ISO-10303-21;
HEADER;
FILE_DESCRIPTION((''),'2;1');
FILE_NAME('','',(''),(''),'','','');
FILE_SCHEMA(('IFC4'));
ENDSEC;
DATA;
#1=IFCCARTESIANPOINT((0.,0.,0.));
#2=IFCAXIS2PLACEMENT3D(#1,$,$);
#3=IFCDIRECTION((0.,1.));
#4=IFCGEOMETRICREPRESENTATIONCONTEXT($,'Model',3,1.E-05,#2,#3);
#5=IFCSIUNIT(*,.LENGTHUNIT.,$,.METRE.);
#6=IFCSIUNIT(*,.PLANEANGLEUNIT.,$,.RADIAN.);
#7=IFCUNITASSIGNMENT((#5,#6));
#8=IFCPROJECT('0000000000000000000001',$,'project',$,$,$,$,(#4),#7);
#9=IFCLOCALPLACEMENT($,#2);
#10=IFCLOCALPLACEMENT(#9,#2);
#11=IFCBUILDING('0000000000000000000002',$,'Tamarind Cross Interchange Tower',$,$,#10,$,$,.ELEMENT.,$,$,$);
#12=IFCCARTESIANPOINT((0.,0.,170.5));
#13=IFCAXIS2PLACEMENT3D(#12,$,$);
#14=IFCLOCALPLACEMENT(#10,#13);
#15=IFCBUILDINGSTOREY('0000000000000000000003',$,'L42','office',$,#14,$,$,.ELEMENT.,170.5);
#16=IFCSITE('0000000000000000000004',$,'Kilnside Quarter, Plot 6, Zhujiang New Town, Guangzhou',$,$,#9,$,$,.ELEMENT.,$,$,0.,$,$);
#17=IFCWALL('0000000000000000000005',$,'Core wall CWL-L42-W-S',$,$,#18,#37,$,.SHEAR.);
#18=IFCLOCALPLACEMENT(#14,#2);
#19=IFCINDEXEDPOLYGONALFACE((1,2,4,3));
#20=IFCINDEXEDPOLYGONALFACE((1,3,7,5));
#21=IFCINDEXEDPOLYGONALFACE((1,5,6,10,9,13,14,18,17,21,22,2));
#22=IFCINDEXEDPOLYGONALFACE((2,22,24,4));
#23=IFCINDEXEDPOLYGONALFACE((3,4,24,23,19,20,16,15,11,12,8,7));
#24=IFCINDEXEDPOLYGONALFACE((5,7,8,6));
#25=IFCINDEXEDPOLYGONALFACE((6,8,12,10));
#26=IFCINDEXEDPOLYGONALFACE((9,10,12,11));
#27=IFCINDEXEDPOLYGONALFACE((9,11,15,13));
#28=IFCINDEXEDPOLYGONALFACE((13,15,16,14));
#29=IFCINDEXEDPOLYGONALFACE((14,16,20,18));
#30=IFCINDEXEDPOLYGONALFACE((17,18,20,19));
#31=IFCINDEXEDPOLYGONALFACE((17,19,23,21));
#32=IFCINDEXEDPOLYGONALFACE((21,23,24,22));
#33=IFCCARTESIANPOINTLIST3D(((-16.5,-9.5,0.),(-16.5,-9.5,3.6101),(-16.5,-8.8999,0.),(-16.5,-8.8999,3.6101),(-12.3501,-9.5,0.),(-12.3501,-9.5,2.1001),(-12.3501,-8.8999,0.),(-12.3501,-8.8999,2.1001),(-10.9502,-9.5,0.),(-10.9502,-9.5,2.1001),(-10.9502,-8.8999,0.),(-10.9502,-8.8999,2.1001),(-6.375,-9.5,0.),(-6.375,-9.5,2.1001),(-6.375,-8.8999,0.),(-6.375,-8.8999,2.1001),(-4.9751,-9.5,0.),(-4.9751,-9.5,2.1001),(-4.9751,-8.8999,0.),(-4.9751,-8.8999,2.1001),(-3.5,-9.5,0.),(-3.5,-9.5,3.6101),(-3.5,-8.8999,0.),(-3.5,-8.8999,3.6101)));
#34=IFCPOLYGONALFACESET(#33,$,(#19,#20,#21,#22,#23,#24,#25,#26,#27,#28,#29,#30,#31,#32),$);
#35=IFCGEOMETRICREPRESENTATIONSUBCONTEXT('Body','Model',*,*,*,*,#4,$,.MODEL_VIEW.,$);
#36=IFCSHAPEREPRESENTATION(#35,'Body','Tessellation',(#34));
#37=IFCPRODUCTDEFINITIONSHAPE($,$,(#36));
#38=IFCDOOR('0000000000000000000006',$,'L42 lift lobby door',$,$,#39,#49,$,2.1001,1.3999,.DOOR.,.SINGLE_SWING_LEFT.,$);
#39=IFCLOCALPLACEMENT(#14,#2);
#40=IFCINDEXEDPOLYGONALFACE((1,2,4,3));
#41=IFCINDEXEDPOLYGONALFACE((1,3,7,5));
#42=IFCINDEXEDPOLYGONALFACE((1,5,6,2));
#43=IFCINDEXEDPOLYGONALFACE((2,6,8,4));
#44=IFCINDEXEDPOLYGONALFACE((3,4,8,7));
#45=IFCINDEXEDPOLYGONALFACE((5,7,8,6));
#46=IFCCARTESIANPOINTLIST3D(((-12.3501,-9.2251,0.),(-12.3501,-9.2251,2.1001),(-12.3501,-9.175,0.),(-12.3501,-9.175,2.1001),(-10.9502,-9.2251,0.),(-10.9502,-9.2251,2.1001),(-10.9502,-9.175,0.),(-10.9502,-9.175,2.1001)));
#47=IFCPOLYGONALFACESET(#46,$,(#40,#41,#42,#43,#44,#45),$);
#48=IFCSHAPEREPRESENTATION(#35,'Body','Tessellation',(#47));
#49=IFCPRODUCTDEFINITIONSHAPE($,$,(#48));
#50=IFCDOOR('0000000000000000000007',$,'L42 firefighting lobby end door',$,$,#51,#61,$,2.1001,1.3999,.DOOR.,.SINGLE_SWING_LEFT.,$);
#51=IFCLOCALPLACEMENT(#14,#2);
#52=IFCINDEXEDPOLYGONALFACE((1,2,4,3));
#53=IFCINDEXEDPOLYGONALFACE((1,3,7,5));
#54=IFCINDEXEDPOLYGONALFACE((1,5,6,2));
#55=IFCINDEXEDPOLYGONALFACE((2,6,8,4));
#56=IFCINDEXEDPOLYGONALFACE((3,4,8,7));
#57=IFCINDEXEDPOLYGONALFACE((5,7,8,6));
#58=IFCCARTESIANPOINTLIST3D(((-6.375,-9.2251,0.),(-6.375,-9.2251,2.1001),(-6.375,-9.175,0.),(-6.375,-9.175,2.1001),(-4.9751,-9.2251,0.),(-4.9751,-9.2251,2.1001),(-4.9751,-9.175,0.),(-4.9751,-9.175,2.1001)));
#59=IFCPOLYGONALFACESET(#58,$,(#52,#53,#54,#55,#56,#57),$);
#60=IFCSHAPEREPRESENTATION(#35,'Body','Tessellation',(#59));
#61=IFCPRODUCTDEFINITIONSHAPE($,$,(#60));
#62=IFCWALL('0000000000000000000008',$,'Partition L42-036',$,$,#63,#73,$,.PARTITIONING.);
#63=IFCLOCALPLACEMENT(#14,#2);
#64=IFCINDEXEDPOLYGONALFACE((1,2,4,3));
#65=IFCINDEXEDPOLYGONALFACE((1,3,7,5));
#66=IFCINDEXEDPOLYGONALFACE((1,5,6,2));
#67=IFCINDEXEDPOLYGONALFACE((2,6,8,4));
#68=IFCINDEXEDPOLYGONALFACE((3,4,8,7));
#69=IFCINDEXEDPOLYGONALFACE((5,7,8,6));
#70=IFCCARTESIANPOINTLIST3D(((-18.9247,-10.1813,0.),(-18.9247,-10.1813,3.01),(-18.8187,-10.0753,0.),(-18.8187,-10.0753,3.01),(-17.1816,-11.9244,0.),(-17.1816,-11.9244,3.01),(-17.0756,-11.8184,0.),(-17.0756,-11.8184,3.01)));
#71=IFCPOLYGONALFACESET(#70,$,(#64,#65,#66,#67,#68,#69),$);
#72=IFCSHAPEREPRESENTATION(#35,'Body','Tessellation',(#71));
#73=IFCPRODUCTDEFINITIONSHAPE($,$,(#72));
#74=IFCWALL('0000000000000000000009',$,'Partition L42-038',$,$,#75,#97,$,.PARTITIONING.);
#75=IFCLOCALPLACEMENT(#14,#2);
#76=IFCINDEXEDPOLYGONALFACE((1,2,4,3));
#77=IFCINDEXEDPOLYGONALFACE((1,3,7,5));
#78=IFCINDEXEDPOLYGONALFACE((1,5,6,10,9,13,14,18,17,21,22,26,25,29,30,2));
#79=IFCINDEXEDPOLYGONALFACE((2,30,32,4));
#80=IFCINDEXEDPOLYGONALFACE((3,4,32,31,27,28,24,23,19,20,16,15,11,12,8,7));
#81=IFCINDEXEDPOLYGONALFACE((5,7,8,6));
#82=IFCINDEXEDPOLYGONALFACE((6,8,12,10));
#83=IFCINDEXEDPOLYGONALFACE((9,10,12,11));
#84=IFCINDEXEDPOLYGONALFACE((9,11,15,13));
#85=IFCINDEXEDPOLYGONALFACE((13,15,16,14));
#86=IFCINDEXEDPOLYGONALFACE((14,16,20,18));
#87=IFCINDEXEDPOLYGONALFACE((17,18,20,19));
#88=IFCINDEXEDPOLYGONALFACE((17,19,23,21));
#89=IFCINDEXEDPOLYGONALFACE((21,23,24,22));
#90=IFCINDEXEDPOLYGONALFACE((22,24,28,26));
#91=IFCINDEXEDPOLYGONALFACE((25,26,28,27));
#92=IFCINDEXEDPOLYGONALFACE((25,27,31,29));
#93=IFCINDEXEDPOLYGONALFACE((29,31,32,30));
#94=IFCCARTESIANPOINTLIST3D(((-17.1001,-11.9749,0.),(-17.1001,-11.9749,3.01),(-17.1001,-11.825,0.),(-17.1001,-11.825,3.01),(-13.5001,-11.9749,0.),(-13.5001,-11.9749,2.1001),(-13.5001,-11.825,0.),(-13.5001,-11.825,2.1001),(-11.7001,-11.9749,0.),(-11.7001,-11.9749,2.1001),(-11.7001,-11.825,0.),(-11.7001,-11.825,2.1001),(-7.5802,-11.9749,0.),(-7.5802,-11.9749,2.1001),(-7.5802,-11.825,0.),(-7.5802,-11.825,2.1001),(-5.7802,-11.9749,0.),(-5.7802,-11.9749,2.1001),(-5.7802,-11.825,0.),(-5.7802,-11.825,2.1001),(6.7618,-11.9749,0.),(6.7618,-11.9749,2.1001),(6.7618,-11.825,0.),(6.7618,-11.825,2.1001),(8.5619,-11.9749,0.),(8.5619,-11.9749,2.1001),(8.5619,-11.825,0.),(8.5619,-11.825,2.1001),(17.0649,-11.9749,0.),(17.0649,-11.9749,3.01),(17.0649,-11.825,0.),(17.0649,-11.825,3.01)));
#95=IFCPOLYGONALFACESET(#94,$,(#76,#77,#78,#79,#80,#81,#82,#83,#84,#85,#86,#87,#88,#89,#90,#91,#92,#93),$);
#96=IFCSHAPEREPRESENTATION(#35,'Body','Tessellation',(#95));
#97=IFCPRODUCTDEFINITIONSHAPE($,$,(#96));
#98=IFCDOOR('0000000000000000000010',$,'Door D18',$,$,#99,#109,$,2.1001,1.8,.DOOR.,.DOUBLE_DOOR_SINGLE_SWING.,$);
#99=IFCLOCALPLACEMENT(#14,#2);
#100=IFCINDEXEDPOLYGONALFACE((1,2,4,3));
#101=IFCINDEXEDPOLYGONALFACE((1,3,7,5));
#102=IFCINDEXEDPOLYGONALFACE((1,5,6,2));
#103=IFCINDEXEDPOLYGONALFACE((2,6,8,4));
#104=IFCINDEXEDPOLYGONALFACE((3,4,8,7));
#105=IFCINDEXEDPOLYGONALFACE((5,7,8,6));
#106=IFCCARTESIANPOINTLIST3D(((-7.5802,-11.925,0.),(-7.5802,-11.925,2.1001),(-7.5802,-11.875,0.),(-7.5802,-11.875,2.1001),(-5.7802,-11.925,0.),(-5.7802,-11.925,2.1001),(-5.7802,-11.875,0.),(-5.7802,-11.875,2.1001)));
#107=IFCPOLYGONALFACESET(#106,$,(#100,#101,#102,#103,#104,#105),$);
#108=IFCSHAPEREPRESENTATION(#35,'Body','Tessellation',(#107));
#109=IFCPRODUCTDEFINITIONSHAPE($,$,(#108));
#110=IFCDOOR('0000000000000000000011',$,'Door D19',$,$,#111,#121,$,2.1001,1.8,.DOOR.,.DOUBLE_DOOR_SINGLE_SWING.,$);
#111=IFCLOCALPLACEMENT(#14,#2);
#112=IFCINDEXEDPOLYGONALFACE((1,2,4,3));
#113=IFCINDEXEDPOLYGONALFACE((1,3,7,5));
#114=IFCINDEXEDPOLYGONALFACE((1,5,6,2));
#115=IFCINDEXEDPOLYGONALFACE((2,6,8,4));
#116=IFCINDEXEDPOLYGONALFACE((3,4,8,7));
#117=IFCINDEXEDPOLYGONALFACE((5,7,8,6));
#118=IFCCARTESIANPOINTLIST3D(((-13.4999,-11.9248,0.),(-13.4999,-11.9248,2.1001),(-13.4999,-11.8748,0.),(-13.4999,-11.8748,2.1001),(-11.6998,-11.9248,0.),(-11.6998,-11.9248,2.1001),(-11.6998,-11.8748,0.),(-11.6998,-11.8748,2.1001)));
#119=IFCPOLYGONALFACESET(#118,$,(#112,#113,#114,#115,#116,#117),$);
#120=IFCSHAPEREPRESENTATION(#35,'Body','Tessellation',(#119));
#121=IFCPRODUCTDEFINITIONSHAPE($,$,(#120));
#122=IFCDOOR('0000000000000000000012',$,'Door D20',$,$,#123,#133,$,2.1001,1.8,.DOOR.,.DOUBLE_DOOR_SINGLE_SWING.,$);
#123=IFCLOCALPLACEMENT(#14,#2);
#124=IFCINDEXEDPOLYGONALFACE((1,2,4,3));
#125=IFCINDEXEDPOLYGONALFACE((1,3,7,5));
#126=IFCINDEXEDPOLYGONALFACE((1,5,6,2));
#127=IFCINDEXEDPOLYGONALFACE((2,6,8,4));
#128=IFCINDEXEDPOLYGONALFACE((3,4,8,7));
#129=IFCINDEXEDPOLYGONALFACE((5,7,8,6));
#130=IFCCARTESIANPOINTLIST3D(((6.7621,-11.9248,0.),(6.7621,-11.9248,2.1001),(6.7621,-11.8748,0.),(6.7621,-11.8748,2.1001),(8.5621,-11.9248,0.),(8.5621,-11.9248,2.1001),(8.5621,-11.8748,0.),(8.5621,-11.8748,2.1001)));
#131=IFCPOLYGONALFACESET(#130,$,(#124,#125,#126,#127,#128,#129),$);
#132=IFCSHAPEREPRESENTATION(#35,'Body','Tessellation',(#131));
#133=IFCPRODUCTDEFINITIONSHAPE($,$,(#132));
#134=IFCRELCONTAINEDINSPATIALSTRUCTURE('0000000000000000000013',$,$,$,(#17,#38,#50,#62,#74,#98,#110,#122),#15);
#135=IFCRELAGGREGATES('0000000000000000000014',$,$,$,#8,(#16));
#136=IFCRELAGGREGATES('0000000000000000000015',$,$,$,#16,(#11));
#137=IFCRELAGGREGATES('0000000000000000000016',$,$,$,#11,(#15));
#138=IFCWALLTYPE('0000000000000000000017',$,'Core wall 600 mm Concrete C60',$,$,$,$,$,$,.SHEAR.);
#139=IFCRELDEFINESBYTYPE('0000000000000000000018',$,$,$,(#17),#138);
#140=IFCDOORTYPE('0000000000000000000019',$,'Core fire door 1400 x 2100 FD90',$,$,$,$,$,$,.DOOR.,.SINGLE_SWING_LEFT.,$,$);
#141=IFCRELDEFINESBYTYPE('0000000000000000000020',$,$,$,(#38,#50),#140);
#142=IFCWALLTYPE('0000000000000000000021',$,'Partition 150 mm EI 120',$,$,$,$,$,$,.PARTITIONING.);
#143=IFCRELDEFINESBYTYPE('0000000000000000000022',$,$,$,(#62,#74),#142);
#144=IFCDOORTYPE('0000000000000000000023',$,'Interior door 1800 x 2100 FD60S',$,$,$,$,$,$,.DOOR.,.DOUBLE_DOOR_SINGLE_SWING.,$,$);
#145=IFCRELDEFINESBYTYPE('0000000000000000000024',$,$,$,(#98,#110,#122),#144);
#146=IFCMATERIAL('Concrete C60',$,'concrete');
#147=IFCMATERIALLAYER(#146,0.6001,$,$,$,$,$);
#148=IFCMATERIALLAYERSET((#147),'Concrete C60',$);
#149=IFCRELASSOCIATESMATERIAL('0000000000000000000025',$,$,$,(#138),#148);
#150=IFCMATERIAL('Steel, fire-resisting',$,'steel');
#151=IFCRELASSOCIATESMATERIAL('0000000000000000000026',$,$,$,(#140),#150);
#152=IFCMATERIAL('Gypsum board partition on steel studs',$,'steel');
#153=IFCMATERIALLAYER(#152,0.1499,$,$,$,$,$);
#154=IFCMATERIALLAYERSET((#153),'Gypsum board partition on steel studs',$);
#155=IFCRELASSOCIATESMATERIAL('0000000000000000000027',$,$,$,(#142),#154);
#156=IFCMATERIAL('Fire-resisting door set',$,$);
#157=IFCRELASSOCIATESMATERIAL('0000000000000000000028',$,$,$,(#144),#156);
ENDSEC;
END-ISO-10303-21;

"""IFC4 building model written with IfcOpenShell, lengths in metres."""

from ifc_helpers import new_model, si_unit, direction, frame, frame_2d, origin, place, context, subcontext, project, spatial, rectangle, extrude, material, layer, layer_set, type_object, element, fill, save


model = new_model("IFC4")

# Units and contexts
model_context = context("Model", 3, precision=1e-05, world=origin(), true_north=direction((0.0, 1.0)))
body_context = subcontext(model_context, "Body", "Model", "MODEL_VIEW")
ifc_project = project(units=[si_unit("LENGTHUNIT", "METRE"), si_unit("PLANEANGLEUNIT", "RADIAN")], contexts=[model_context])

# Site, building, storey
site_placement = place(None, origin())
site = spatial("IfcSite", under=ifc_project, at=site_placement, Name="Kilnside Quarter, Plot 6, Zhujiang New Town, Guangzhou", CompositionType="ELEMENT", RefElevation=0.0)
building_placement = place(site_placement, origin())
building = spatial("IfcBuilding", under=site, at=building_placement, Name="Tamarind Cross Interchange Tower", CompositionType="ELEMENT")
storey_placement = place(building_placement, frame((0.0, 0.0, 170.5)))
storey = spatial("IfcBuildingStorey", under=building, at=storey_placement, Name="L42", Description="office", CompositionType="ELEMENT", Elevation=170.5)

# Shared definitions
ifc_material_1 = material(Name="Concrete C60", Category="concrete")

# Wall, openings, doors
ifc_layer_1 = layer(ifc_material_1, 0.6001)
ifc_layer_set_1 = layer_set([ifc_layer_1], Name="Concrete C60")
wall_type_1 = type_object("IfcWallType", Name="Core wall 600 mm Concrete C60", PredefinedType="SHEAR", material=ifc_layer_set_1)
wall_1_placement = place(storey_placement, frame((-16.5, -9.2, 0.0), z_axis=(0.0, 0.0, 1.0), x_axis=(1.0, 0.0, 0.0)))
wall_1 = element("IfcWall", 1, at=wall_1_placement, inside=storey, type_object=wall_type_1, Name="Core wall CWL-L42-W-S", PredefinedType="SHEAR", context=body_context, shape_type="SweptSolid", body=[
    extrude(rectangle(XDim=13.0, YDim=0.6001, at=frame_2d((6.5, 0.0))), origin(), (0.0, 0.0, 1.0), 3.6101),
])
opening_1_placement = place(wall_1_placement, frame((4.1499, 0.0, 0.0)))
opening_1 = element("IfcOpeningElement", 2, at=opening_1_placement, cuts=wall_1, PredefinedType="OPENING", context=body_context, shape_type="SweptSolid", body=[
    extrude(rectangle(XDim=1.3999, YDim=2.1001, at=frame_2d((0.7, 1.05))), frame((0.0, 0.3101, 0.0), z_axis=(0.0, -1.0, 0.0), x_axis=(1.0, 0.0, 0.0)), (0.0, 0.0, 1.0), 0.6201),
])
opening_2_placement = place(wall_1_placement, frame((10.125, 0.0, 0.0)))
opening_2 = element("IfcOpeningElement", 3, at=opening_2_placement, cuts=wall_1, PredefinedType="OPENING", context=body_context, shape_type="SweptSolid", body=[
    extrude(rectangle(XDim=1.3999, YDim=2.1001, at=frame_2d((0.7, 1.05))), frame((0.0, 0.3101, 0.0), z_axis=(0.0, -1.0, 0.0), x_axis=(1.0, 0.0, 0.0)), (0.0, 0.0, 1.0), 0.6201),
])
ifc_material_2 = material(Name="Steel, fire-resisting", Category="steel")
door_type_1 = type_object("IfcDoorType", Name="Core fire door 1400 x 2100 FD90", OperationType="SINGLE_SWING_LEFT", PredefinedType="DOOR", material=ifc_material_2)
door_1_placement = place(opening_1_placement, origin())
door_1 = element("IfcDoor", 4, at=door_1_placement, inside=storey, type_object=door_type_1, Name="L42 lift lobby door", OperationType="SINGLE_SWING_LEFT", OverallHeight=2.1001, OverallWidth=1.3999, PredefinedType="DOOR", context=body_context, shape_type="SweptSolid", body=[
    extrude(rectangle(XDim=1.3999, YDim=2.1001, at=frame_2d((0.7, 1.05))), frame((0.0, 0.0249, 0.0), z_axis=(0.0, -1.0, 0.0), x_axis=(1.0, 0.0, 0.0)), (0.0, 0.0, 1.0), 0.05),
])
fill(opening_1, door_1)
door_2_placement = place(opening_2_placement, origin())
door_2 = element("IfcDoor", 5, at=door_2_placement, inside=storey, type_object=door_type_1, Name="L42 firefighting lobby end door", OperationType="SINGLE_SWING_LEFT", OverallHeight=2.1001, OverallWidth=1.3999, PredefinedType="DOOR", context=body_context, shape_type="SweptSolid", body=[
    extrude(rectangle(XDim=1.3999, YDim=2.1001, at=frame_2d((0.7, 1.05))), frame((0.0, 0.0249, 0.0), z_axis=(0.0, -1.0, 0.0), x_axis=(1.0, 0.0, 0.0)), (0.0, 0.0, 1.0), 0.05),
])
fill(opening_2, door_2)

# Wall
ifc_material_3 = material(Name="Gypsum board partition on steel studs", Category="steel")
ifc_layer_2 = layer(ifc_material_3, 0.1499)
ifc_layer_set_2 = layer_set([ifc_layer_2], Name="Gypsum board partition on steel studs")
wall_type_2 = type_object("IfcWallType", Name="Partition 150 mm EI 120", PredefinedType="PARTITIONING", material=ifc_layer_set_2)
wall_2_placement = place(storey_placement, frame((-18.8716, -10.1284, 0.0), z_axis=(0.0, 0.0, 1.0), x_axis=(0.707107, -0.707107, 0.0)))
element("IfcWall", 6, at=wall_2_placement, inside=storey, type_object=wall_type_2, Name="Partition L42-036", PredefinedType="PARTITIONING", context=body_context, shape_type="SweptSolid", body=[
    extrude(rectangle(XDim=2.4651, YDim=0.1499, at=frame_2d((1.2324, 0.0))), origin(), (0.0, 0.0, 1.0), 3.01),
])

# Wall, openings, doors
wall_3_placement = place(storey_placement, frame((-17.1001, -11.8999, 0.0), z_axis=(0.0, 0.0, 1.0), x_axis=(1.0, 0.0, 0.0)))
wall_3 = element("IfcWall", 7, at=wall_3_placement, inside=storey, type_object=wall_type_2, Name="Partition L42-038", PredefinedType="PARTITIONING", context=body_context, shape_type="SweptSolid", body=[
    extrude(rectangle(XDim=34.165, YDim=0.1499, at=frame_2d((17.0825, 0.0))), origin(), (0.0, 0.0, 1.0), 3.01),
])
opening_3_placement = place(wall_3_placement, frame((9.52, 0.0, 0.0)))
opening_3 = element("IfcOpeningElement", 8, at=opening_3_placement, cuts=wall_3, PredefinedType="OPENING", context=body_context, shape_type="SweptSolid", body=[
    extrude(rectangle(XDim=1.8, YDim=2.1001, at=frame_2d((0.8999, 1.05))), frame((0.0, 0.085, 0.0), z_axis=(0.0, -1.0, 0.0), x_axis=(1.0, 0.0, 0.0)), (0.0, 0.0, 1.0), 0.1699),
])
opening_4_placement = place(wall_3_placement, frame((3.6001, 0.0, 0.0)))
opening_4 = element("IfcOpeningElement", 9, at=opening_4_placement, cuts=wall_3, PredefinedType="OPENING", context=body_context, shape_type="SweptSolid", body=[
    extrude(rectangle(XDim=1.8, YDim=2.1001, at=frame_2d((0.8999, 1.05))), frame((0.0, 0.085, 0.0), z_axis=(0.0, -1.0, 0.0), x_axis=(1.0, 0.0, 0.0)), (0.0, 0.0, 1.0), 0.1699),
])
opening_5_placement = place(wall_3_placement, frame((23.8621, 0.0, 0.0)))
opening_5 = element("IfcOpeningElement", 10, at=opening_5_placement, cuts=wall_3, PredefinedType="OPENING", context=body_context, shape_type="SweptSolid", body=[
    extrude(rectangle(XDim=1.8, YDim=2.1001, at=frame_2d((0.8999, 1.05))), frame((0.0, 0.085, 0.0), z_axis=(0.0, -1.0, 0.0), x_axis=(1.0, 0.0, 0.0)), (0.0, 0.0, 1.0), 0.1699),
])
ifc_material_4 = material(Name="Fire-resisting door set")
door_type_2 = type_object("IfcDoorType", Name="Interior door 1800 x 2100 FD60S", OperationType="DOUBLE_DOOR_SINGLE_SWING", PredefinedType="DOOR", material=ifc_material_4)
door_3_placement = place(opening_3_placement, origin())
door_3 = element("IfcDoor", 11, at=door_3_placement, inside=storey, type_object=door_type_2, Name="Door D18", OperationType="DOUBLE_DOOR_SINGLE_SWING", OverallHeight=2.1001, OverallWidth=1.8, PredefinedType="DOOR", context=body_context, shape_type="SweptSolid", body=[
    extrude(rectangle(XDim=1.8, YDim=2.1001, at=frame_2d((0.8999, 1.05))), frame((0.0, 0.0249, 0.0), z_axis=(0.0, -1.0, 0.0), x_axis=(1.0, 0.0, 0.0)), (0.0, 0.0, 1.0), 0.05),
])
fill(opening_3, door_3)
door_4_placement = place(opening_4_placement, frame((1.8, 0.0, 0.0), z_axis=(0.0, 0.0, 1.0), x_axis=(-1.0, 0.0, 0.0)))
door_4 = element("IfcDoor", 12, at=door_4_placement, inside=storey, type_object=door_type_2, Name="Door D19", OperationType="DOUBLE_DOOR_SINGLE_SWING", OverallHeight=2.1001, OverallWidth=1.8, PredefinedType="DOOR", context=body_context, shape_type="SweptSolid", body=[
    extrude(rectangle(XDim=1.8, YDim=2.1001, at=frame_2d((0.8999, 1.05))), frame((0.0, 0.0249, 0.0), z_axis=(0.0, -1.0, 0.0), x_axis=(1.0, 0.0, 0.0)), (0.0, 0.0, 1.0), 0.05),
])
fill(opening_4, door_4)
door_5_placement = place(opening_5_placement, frame((1.8, 0.0, 0.0), z_axis=(0.0, 0.0, 1.0), x_axis=(-1.0, 0.0, 0.0)))
door_5 = element("IfcDoor", 13, at=door_5_placement, inside=storey, type_object=door_type_2, Name="Door D20", OperationType="DOUBLE_DOOR_SINGLE_SWING", OverallHeight=2.1001, OverallWidth=1.8, PredefinedType="DOOR", context=body_context, shape_type="SweptSolid", body=[
    extrude(rectangle(XDim=1.8, YDim=2.1001, at=frame_2d((0.8999, 1.05))), frame((0.0, 0.0249, 0.0), z_axis=(0.0, -1.0, 0.0), x_axis=(1.0, 0.0, 0.0)), (0.0, 0.0, 1.0), 0.05),
])
fill(opening_5, door_5)

save(model, "model.ifc")
